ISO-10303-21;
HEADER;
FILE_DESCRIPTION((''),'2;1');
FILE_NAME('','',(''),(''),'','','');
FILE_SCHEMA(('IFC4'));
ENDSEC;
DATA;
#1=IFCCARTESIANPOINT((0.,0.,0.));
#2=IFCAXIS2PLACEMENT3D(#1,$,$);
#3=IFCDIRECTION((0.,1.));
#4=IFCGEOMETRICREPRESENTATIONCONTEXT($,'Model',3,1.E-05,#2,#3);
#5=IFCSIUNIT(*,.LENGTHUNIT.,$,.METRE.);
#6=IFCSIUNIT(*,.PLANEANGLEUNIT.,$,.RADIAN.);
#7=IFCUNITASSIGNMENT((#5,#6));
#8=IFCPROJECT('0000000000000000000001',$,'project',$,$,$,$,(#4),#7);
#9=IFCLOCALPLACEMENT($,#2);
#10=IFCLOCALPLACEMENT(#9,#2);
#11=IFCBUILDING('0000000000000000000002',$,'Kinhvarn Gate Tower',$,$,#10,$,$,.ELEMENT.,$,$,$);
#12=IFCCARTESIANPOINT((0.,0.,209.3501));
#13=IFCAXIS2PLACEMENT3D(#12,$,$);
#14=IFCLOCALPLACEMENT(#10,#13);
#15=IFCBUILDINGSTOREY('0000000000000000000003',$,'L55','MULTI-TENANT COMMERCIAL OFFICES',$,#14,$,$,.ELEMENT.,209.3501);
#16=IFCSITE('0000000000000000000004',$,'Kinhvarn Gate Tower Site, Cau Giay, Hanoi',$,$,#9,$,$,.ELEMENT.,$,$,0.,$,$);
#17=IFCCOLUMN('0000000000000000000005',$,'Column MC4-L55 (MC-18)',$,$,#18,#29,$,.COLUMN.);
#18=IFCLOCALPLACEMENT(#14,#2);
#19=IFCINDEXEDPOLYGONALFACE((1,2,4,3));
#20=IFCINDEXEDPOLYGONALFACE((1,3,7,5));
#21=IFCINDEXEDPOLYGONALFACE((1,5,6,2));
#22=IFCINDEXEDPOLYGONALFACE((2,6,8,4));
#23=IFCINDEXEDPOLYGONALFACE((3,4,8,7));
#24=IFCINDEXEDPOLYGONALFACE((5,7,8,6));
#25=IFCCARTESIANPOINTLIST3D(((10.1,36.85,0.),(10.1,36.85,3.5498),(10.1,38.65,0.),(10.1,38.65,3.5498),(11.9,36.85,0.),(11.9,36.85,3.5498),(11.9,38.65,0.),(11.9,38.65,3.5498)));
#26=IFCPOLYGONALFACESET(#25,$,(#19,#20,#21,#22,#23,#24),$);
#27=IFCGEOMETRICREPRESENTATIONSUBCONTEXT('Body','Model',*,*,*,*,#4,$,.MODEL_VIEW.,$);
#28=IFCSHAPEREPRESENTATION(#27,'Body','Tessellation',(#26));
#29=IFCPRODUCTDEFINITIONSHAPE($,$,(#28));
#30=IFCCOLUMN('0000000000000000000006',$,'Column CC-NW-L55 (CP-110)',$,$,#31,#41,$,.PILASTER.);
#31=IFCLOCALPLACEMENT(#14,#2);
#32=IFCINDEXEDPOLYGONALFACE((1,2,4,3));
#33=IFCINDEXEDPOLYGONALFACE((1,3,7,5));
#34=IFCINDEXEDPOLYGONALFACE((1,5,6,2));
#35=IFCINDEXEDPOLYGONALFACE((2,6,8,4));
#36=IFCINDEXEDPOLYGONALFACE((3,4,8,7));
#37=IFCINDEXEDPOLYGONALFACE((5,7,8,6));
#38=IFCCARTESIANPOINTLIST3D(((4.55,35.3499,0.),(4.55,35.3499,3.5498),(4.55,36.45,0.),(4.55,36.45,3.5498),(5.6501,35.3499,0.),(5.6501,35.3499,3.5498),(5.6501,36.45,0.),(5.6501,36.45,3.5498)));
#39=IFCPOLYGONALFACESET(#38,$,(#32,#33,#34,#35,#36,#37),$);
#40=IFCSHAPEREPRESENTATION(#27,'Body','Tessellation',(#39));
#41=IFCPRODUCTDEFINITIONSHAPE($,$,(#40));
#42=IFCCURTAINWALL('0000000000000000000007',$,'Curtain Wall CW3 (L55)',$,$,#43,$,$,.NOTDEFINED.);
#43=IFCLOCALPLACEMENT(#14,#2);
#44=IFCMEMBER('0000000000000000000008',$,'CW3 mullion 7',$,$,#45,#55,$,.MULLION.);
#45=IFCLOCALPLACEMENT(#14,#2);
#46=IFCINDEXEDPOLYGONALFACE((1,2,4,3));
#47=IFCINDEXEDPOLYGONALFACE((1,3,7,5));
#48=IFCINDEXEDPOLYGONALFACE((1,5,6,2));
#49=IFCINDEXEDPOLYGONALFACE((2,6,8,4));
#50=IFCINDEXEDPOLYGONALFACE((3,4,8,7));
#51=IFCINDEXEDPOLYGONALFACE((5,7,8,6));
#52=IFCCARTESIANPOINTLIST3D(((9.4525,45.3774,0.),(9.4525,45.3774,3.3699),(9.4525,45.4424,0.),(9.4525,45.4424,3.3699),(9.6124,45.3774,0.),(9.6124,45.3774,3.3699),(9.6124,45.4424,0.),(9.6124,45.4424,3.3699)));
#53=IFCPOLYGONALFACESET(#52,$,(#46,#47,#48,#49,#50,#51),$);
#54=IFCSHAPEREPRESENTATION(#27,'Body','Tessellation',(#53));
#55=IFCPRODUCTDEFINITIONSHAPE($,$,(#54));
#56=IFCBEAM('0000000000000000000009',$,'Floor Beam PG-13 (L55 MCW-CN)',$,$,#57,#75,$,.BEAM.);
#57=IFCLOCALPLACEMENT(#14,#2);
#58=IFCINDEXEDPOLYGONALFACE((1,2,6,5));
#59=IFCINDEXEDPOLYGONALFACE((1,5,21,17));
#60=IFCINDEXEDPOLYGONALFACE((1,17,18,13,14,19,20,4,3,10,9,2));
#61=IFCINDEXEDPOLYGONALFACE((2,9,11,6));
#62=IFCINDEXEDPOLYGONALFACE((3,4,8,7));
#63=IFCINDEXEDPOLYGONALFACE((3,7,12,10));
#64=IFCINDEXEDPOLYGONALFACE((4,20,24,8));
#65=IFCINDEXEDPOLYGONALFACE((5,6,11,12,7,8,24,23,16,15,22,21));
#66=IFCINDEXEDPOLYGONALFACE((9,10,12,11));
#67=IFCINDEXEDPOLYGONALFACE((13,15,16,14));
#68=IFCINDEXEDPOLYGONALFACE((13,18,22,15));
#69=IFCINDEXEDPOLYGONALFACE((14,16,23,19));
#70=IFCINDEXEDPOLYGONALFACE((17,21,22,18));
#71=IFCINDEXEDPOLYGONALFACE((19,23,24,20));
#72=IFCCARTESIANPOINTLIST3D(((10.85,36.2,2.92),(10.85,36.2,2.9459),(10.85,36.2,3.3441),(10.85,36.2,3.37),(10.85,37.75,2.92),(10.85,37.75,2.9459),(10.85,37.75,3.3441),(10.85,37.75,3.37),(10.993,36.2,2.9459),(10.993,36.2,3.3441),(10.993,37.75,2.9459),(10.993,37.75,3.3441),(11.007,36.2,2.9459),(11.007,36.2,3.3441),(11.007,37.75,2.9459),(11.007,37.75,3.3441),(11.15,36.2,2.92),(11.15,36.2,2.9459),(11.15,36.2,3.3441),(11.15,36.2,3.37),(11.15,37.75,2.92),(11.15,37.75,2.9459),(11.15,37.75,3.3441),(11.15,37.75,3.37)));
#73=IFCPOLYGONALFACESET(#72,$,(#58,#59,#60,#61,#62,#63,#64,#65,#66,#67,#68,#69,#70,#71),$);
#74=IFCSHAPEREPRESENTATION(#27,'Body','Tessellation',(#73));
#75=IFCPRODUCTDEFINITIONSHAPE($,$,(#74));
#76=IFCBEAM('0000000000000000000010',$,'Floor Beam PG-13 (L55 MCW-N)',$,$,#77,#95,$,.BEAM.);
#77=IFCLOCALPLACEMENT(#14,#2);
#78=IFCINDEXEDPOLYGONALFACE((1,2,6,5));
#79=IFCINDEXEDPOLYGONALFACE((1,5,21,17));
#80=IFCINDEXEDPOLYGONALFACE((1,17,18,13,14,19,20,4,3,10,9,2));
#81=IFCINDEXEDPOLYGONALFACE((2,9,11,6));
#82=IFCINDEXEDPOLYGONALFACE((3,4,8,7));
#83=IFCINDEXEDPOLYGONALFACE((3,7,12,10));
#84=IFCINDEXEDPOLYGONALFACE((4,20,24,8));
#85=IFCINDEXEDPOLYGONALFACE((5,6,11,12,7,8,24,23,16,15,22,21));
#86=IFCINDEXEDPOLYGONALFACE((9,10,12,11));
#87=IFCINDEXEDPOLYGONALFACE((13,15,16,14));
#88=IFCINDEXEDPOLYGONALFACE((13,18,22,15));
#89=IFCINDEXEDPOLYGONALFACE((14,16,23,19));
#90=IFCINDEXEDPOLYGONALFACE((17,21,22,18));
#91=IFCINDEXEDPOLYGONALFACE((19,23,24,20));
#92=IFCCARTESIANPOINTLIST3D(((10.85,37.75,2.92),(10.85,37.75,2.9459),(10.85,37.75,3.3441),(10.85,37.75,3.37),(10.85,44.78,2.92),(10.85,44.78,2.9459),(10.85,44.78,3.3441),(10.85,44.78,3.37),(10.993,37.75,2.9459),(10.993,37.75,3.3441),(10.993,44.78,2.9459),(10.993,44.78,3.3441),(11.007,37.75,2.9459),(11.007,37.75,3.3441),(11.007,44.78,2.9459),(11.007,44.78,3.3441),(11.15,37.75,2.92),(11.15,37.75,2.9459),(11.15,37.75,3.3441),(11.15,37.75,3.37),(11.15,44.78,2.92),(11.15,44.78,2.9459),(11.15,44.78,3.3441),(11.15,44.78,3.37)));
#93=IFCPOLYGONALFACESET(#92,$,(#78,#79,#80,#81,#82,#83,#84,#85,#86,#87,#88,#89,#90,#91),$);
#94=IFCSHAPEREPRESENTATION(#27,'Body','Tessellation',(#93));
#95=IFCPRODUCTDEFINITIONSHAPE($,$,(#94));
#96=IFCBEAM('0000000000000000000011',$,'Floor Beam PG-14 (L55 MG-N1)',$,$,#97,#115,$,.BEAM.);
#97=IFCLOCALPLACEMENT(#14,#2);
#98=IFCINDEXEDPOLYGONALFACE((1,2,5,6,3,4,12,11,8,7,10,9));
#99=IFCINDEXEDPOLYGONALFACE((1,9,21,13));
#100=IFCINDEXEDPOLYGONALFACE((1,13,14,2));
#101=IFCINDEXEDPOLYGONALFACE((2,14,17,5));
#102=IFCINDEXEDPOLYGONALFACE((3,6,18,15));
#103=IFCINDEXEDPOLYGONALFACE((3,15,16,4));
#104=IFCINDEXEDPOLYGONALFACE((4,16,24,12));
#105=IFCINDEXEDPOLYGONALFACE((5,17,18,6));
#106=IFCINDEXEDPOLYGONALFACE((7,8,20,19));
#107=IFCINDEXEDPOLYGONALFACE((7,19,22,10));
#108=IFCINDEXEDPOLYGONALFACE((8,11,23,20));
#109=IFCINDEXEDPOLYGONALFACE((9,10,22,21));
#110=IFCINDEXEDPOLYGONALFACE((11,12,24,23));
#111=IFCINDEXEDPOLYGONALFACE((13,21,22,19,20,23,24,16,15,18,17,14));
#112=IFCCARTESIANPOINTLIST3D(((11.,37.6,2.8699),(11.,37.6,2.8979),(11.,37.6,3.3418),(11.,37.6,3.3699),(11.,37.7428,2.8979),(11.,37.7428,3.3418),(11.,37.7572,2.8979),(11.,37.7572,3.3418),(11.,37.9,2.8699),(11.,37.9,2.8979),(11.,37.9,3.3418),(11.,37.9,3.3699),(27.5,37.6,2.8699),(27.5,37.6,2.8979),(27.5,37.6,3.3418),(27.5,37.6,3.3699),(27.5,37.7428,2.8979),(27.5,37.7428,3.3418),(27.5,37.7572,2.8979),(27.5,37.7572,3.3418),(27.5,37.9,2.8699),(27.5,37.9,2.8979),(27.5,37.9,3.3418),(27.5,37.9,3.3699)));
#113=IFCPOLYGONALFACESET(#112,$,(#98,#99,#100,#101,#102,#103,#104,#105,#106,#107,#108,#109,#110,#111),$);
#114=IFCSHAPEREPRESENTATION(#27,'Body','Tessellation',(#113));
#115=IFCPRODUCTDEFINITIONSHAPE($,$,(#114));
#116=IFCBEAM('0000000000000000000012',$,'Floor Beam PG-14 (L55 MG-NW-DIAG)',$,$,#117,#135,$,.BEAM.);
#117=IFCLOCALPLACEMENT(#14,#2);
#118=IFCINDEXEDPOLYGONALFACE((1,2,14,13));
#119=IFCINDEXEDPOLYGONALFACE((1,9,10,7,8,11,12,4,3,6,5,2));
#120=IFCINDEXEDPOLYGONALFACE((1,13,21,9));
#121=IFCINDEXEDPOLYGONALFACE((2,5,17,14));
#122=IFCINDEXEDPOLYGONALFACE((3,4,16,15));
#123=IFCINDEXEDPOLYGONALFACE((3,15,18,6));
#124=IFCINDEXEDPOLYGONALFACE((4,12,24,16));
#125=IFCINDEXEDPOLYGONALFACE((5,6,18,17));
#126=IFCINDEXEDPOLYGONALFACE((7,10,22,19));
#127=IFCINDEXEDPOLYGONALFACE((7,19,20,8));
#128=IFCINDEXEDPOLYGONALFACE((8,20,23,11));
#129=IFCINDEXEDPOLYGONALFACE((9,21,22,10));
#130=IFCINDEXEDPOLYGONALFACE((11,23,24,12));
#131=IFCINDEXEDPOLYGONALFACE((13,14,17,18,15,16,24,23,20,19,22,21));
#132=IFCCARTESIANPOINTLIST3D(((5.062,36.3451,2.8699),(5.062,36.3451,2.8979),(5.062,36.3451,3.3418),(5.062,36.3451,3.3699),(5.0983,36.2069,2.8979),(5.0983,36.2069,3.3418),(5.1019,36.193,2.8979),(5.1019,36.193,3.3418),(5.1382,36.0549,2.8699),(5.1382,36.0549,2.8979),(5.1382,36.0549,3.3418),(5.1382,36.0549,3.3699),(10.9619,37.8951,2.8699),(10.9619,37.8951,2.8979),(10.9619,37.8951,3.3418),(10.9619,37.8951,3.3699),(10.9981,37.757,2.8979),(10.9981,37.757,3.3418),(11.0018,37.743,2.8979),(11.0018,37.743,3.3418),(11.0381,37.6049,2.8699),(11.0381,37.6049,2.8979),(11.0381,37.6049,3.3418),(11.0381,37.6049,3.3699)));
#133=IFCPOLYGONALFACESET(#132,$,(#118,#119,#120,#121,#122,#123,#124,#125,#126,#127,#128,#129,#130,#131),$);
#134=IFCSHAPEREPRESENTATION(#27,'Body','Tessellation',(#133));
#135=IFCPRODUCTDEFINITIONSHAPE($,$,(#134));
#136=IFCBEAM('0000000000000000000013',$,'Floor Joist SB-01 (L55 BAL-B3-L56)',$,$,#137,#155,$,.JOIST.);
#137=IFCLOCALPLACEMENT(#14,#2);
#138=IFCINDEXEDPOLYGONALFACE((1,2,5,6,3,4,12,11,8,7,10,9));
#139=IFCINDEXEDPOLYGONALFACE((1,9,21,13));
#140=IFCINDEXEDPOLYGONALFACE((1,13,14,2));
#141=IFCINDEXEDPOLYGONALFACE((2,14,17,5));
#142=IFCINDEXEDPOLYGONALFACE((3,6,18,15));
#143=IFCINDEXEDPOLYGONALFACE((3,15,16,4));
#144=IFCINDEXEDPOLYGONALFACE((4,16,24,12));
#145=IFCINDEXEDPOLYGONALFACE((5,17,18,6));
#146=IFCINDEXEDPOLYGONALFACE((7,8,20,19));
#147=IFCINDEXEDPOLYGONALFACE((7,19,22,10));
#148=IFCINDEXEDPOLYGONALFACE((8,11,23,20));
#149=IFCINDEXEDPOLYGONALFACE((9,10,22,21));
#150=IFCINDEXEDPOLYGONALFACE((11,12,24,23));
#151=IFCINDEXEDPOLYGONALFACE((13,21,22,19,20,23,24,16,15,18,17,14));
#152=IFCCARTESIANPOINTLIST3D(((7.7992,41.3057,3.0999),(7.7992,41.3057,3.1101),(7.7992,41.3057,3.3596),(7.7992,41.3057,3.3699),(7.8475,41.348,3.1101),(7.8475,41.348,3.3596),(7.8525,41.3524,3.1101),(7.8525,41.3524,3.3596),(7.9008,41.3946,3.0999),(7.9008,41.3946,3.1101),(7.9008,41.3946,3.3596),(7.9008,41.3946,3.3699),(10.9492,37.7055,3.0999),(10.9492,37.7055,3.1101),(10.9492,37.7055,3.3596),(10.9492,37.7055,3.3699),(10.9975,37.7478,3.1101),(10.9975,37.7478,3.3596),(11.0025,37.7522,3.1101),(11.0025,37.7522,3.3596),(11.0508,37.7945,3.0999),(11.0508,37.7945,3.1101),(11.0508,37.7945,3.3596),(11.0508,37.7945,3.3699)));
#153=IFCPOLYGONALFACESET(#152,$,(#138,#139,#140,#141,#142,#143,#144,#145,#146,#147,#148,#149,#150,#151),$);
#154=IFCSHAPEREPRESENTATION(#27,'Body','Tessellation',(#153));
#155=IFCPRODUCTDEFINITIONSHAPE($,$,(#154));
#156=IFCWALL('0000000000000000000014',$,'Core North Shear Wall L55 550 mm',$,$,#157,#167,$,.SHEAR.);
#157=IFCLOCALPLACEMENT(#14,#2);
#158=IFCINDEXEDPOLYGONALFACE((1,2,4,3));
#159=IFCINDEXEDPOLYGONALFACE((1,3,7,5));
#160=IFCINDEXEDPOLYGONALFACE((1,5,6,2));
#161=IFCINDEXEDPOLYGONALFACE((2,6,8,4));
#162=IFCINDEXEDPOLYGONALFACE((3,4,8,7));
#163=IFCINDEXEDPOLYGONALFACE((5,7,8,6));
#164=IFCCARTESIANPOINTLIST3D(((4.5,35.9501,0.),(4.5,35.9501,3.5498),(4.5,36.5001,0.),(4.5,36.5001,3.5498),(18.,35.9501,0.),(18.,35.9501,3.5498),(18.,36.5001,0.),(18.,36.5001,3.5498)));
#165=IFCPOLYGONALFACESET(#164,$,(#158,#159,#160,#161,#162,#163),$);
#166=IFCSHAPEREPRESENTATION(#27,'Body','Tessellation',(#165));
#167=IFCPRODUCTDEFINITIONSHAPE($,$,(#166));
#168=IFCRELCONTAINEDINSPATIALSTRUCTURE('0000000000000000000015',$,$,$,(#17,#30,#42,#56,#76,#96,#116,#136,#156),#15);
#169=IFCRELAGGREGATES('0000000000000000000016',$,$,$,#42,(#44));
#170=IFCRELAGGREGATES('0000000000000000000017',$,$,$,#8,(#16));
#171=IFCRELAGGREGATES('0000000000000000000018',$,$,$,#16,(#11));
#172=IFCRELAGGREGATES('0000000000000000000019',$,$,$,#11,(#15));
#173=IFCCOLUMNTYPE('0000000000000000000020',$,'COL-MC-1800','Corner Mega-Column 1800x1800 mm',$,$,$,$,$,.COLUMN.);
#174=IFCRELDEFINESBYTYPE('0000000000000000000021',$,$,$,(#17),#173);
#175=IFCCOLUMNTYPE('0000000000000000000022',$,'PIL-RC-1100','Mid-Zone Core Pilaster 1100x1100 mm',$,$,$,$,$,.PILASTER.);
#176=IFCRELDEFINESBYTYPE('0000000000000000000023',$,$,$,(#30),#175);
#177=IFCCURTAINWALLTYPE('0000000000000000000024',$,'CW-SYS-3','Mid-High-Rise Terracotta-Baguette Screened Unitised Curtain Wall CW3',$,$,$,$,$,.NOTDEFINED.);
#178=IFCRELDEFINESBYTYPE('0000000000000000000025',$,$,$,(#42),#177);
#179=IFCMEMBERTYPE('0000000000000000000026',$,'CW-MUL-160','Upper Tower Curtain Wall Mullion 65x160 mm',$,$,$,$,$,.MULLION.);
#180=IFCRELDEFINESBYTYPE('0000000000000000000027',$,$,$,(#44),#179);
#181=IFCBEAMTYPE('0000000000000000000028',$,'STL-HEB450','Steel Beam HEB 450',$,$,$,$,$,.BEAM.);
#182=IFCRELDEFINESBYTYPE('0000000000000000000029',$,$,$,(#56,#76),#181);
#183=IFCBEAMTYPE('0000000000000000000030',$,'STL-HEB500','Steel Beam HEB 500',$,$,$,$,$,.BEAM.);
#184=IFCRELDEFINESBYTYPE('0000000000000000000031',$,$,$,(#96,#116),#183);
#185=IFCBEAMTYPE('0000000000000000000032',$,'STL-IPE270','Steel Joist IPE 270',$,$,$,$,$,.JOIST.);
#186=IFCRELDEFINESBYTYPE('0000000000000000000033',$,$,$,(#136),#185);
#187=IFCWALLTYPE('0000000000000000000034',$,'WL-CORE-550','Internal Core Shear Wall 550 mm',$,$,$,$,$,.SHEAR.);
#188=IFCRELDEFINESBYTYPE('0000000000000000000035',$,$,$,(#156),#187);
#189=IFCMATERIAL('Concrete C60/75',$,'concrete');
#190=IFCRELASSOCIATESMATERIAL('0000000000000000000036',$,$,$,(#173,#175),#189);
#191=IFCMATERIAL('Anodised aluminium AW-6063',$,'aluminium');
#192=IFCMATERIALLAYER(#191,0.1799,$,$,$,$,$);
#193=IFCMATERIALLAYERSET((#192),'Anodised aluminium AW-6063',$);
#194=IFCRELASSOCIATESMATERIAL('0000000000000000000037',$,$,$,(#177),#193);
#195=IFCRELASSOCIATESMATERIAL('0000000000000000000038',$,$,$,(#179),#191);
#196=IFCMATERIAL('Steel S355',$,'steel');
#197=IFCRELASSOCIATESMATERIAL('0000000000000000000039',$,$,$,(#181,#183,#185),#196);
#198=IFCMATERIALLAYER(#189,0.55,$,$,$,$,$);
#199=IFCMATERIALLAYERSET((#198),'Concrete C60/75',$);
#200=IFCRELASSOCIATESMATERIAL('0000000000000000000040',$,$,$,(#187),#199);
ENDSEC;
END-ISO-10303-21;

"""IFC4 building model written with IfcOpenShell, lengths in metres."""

from ifc_helpers import new_model, si_unit, direction, frame, frame_2d, origin, origin_2d, place, context, subcontext, project, spatial, rectangle, i_section, extrude, material, layer, layer_set, material_profile, profile_set, type_object, element, aggregate, save


model = new_model("IFC4")

# Units and contexts
model_context = context("Model", 3, precision=1e-05, world=origin(), true_north=direction((0.0, 1.0)))
body_context = subcontext(model_context, "Body", "Model", "MODEL_VIEW")
ifc_project = project(units=[si_unit("LENGTHUNIT", "METRE"), si_unit("PLANEANGLEUNIT", "RADIAN")], contexts=[model_context])

# Site, building, storey
site_placement = place(None, origin())
site = spatial("IfcSite", under=ifc_project, at=site_placement, Name="Kinhvarn Gate Tower Site, Cau Giay, Hanoi", CompositionType="ELEMENT", RefElevation=0.0)
building_placement = place(site_placement, origin())
building = spatial("IfcBuilding", under=site, at=building_placement, Name="Kinhvarn Gate Tower", CompositionType="ELEMENT")
storey_placement = place(building_placement, frame((0.0, 0.0, 209.3501)))
storey = spatial("IfcBuildingStorey", under=building, at=storey_placement, Name="L55", Description="MULTI-TENANT COMMERCIAL OFFICES", CompositionType="ELEMENT", Elevation=209.3501)

# Columns
ifc_material_1 = material(Name="Concrete C60/75", Category="concrete")
ifc_material_profile_1 = material_profile(ifc_material_1, rectangle(XDim=1.8, YDim=1.8, at=origin_2d()), Name="RC 1800x1800")
ifc_profile_set_1 = profile_set([ifc_material_profile_1], Name="Concrete C60/75")
column_type_1 = type_object("IfcColumnType", Name="COL-MC-1800", Description="Corner Mega-Column 1800x1800 mm", PredefinedType="COLUMN", material=ifc_profile_set_1)
column_1_placement = place(storey_placement, frame((11.0, 37.75, 0.0), z_axis=(0.0, 0.0, 1.0), x_axis=(1.0, 0.0, 0.0)))
element("IfcColumn", 1, at=column_1_placement, inside=storey, type_object=column_type_1, Name="Column MC4-L55 (MC-18)", PredefinedType="COLUMN", context=body_context, shape_type="SweptSolid", body=[
    extrude(rectangle(XDim=1.8, YDim=1.8, at=origin_2d()), origin(), (0.0, 0.0, 1.0), 3.5498),
])
ifc_material_profile_2 = material_profile(ifc_material_1, rectangle(XDim=1.1001, YDim=1.1001, at=origin_2d()), Name="RC 1100x1100")
ifc_profile_set_2 = profile_set([ifc_material_profile_2], Name="Concrete C60/75")
column_type_2 = type_object("IfcColumnType", Name="PIL-RC-1100", Description="Mid-Zone Core Pilaster 1100x1100 mm", PredefinedType="PILASTER", material=ifc_profile_set_2)
column_2_placement = place(storey_placement, frame((5.1001, 35.8999, 0.0), z_axis=(0.0, 0.0, 1.0), x_axis=(1.0, 0.0, 0.0)))
element("IfcColumn", 2, at=column_2_placement, inside=storey, type_object=column_type_2, Name="Column CC-NW-L55 (CP-110)", PredefinedType="PILASTER", context=body_context, shape_type="SweptSolid", body=[
    extrude(rectangle(XDim=1.1001, YDim=1.1001, at=origin_2d()), origin(), (0.0, 0.0, 1.0), 3.5498),
])

# Curtain wall, member
ifc_material_2 = material(Name="Anodised aluminium AW-6063", Category="aluminium")
ifc_layer_1 = layer(ifc_material_2, 0.1799)
ifc_layer_set_1 = layer_set([ifc_layer_1], Name="Anodised aluminium AW-6063")
curtain_wall_type = type_object("IfcCurtainWallType", Name="CW-SYS-3", Description="Mid-High-Rise Terracotta-Baguette Screened Unitised Curtain Wall CW3", PredefinedType="NOTDEFINED", material=ifc_layer_set_1)
curtain_wall_placement = place(storey_placement, origin())
curtain_wall = element("IfcCurtainWall", 3, at=curtain_wall_placement, inside=storey, type_object=curtain_wall_type, Name="Curtain Wall CW3 (L55)", PredefinedType="NOTDEFINED")
ifc_material_profile_3 = material_profile(ifc_material_2, rectangle(XDim=0.0649, YDim=0.1599, at=origin_2d()), Name="ALU 65x160")
ifc_profile_set_3 = profile_set([ifc_material_profile_3], Name="Anodised aluminium AW-6063")
member_type = type_object("IfcMemberType", Name="CW-MUL-160", Description="Upper Tower Curtain Wall Mullion 65x160 mm", PredefinedType="MULLION", material=ifc_profile_set_3)
member_placement = place(storey_placement, frame((9.5325, 45.4099, 0.0), z_axis=(0.0, 0.0, 1.0), x_axis=(0.0, -1.0, 0.0)))
member = element("IfcMember", 4, at=member_placement, type_object=member_type, Name="CW3 mullion 7", PredefinedType="MULLION", context=body_context, shape_type="SweptSolid", body=[
    extrude(rectangle(XDim=0.0649, YDim=0.1599, at=origin_2d()), origin(), (0.0, 0.0, 1.0), 3.3699),
])
aggregate(curtain_wall, [member])

# Beams
ifc_material_3 = material(Name="Steel S355", Category="steel")
ifc_material_profile_4 = material_profile(ifc_material_3, i_section(OverallWidth=0.3, OverallDepth=0.45, WebThickness=0.0139, FlangeThickness=0.0259, at=origin_2d()), Name="HEB 450")
ifc_profile_set_4 = profile_set([ifc_material_profile_4], Name="Steel S355")
beam_type_1 = type_object("IfcBeamType", Name="STL-HEB450", Description="Steel Beam HEB 450", PredefinedType="BEAM", material=ifc_profile_set_4)
beam_1_placement = place(storey_placement, frame((11.0, 36.2, 3.145), z_axis=(0.0, 1.0, 0.0), x_axis=(-1.0, 0.0, 0.0)))
element("IfcBeam", 5, at=beam_1_placement, inside=storey, type_object=beam_type_1, Name="Floor Beam PG-13 (L55 MCW-CN)", PredefinedType="BEAM", context=body_context, shape_type="SweptSolid", body=[
    extrude(i_section(OverallWidth=0.3, OverallDepth=0.45, WebThickness=0.0139, FlangeThickness=0.0259, at=origin_2d()), origin(), (0.0, 0.0, 1.0), 1.55),
])
beam_2_placement = place(storey_placement, frame((11.0, 37.75, 3.145), z_axis=(0.0, 1.0, 0.0), x_axis=(-1.0, 0.0, 0.0)))
element("IfcBeam", 6, at=beam_2_placement, inside=storey, type_object=beam_type_1, Name="Floor Beam PG-13 (L55 MCW-N)", PredefinedType="BEAM", context=body_context, shape_type="SweptSolid", body=[
    extrude(i_section(OverallWidth=0.3, OverallDepth=0.45, WebThickness=0.0139, FlangeThickness=0.0259, at=origin_2d()), origin(), (0.0, 0.0, 1.0), 7.03),
])
ifc_material_profile_5 = material_profile(ifc_material_3, i_section(OverallWidth=0.3, OverallDepth=0.5, WebThickness=0.0144, FlangeThickness=0.0281, at=origin_2d()), Name="HEB 500")
ifc_profile_set_5 = profile_set([ifc_material_profile_5], Name="Steel S355")
beam_type_2 = type_object("IfcBeamType", Name="STL-HEB500", Description="Steel Beam HEB 500", PredefinedType="BEAM", material=ifc_profile_set_5)
beam_3_placement = place(storey_placement, frame((11.0, 37.75, 3.1199), z_axis=(1.0, 0.0, 0.0), x_axis=(0.0, 1.0, 0.0)))
element("IfcBeam", 7, at=beam_3_placement, inside=storey, type_object=beam_type_2, Name="Floor Beam PG-14 (L55 MG-N1)", PredefinedType="BEAM", context=body_context, shape_type="SweptSolid", body=[
    extrude(i_section(OverallWidth=0.3, OverallDepth=0.5, WebThickness=0.0144, FlangeThickness=0.0281, at=origin_2d()), origin(), (0.0, 0.0, 1.0), 16.5),
])
beam_4_placement = place(storey_placement, frame((5.1001, 36.2, 3.1199), z_axis=(0.967178, 0.254101, 0.0), x_axis=(-0.254101, 0.967178, 0.0)))
element("IfcBeam", 8, at=beam_4_placement, inside=storey, type_object=beam_type_2, Name="Floor Beam PG-14 (L55 MG-NW-DIAG)", PredefinedType="BEAM", context=body_context, shape_type="SweptSolid", body=[
    extrude(i_section(OverallWidth=0.3, OverallDepth=0.5, WebThickness=0.0144, FlangeThickness=0.0281, at=origin_2d()), origin(), (0.0, 0.0, 1.0), 6.1001),
])
ifc_material_profile_6 = material_profile(ifc_material_3, i_section(OverallWidth=0.135, OverallDepth=0.27, WebThickness=0.0066, FlangeThickness=0.0103, at=origin_2d()), Name="IPE 270")
ifc_profile_set_6 = profile_set([ifc_material_profile_6], Name="Steel S355")
beam_type_3 = type_object("IfcBeamType", Name="STL-IPE270", Description="Steel Joist IPE 270", PredefinedType="JOIST", material=ifc_profile_set_6)
beam_5_placement = place(storey_placement, frame((11.0, 37.75, 3.2349), z_axis=(-0.658483, 0.752596, 0.0), x_axis=(-0.752596, -0.658483, 0.0)))
element("IfcBeam", 9, at=beam_5_placement, inside=storey, type_object=beam_type_3, Name="Floor Joist SB-01 (L55 BAL-B3-L56)", PredefinedType="JOIST", context=body_context, shape_type="SweptSolid", body=[
    extrude(i_section(OverallWidth=0.135, OverallDepth=0.27, WebThickness=0.0066, FlangeThickness=0.0103, at=origin_2d()), origin(), (0.0, 0.0, 1.0), 4.7837),
])

# Wall
ifc_layer_2 = layer(ifc_material_1, 0.55)
ifc_layer_set_2 = layer_set([ifc_layer_2], Name="Concrete C60/75")
wall_type_1 = type_object("IfcWallType", Name="WL-CORE-550", Description="Internal Core Shear Wall 550 mm", PredefinedType="SHEAR", material=ifc_layer_set_2)
wall_1_placement = place(storey_placement, frame((4.5, 36.2251, 0.0), z_axis=(0.0, 0.0, 1.0), x_axis=(1.0, 0.0, 0.0)))
element("IfcWall", 10, at=wall_1_placement, inside=storey, type_object=wall_type_1, Name="Core North Shear Wall L55 550 mm", PredefinedType="SHEAR", context=body_context, shape_type="SweptSolid", body=[
    extrude(rectangle(XDim=13.5, YDim=0.55, at=frame_2d((6.75, 0.0))), origin(), (0.0, 0.0, 1.0), 3.5498),
])

save(model, "model.ifc")
